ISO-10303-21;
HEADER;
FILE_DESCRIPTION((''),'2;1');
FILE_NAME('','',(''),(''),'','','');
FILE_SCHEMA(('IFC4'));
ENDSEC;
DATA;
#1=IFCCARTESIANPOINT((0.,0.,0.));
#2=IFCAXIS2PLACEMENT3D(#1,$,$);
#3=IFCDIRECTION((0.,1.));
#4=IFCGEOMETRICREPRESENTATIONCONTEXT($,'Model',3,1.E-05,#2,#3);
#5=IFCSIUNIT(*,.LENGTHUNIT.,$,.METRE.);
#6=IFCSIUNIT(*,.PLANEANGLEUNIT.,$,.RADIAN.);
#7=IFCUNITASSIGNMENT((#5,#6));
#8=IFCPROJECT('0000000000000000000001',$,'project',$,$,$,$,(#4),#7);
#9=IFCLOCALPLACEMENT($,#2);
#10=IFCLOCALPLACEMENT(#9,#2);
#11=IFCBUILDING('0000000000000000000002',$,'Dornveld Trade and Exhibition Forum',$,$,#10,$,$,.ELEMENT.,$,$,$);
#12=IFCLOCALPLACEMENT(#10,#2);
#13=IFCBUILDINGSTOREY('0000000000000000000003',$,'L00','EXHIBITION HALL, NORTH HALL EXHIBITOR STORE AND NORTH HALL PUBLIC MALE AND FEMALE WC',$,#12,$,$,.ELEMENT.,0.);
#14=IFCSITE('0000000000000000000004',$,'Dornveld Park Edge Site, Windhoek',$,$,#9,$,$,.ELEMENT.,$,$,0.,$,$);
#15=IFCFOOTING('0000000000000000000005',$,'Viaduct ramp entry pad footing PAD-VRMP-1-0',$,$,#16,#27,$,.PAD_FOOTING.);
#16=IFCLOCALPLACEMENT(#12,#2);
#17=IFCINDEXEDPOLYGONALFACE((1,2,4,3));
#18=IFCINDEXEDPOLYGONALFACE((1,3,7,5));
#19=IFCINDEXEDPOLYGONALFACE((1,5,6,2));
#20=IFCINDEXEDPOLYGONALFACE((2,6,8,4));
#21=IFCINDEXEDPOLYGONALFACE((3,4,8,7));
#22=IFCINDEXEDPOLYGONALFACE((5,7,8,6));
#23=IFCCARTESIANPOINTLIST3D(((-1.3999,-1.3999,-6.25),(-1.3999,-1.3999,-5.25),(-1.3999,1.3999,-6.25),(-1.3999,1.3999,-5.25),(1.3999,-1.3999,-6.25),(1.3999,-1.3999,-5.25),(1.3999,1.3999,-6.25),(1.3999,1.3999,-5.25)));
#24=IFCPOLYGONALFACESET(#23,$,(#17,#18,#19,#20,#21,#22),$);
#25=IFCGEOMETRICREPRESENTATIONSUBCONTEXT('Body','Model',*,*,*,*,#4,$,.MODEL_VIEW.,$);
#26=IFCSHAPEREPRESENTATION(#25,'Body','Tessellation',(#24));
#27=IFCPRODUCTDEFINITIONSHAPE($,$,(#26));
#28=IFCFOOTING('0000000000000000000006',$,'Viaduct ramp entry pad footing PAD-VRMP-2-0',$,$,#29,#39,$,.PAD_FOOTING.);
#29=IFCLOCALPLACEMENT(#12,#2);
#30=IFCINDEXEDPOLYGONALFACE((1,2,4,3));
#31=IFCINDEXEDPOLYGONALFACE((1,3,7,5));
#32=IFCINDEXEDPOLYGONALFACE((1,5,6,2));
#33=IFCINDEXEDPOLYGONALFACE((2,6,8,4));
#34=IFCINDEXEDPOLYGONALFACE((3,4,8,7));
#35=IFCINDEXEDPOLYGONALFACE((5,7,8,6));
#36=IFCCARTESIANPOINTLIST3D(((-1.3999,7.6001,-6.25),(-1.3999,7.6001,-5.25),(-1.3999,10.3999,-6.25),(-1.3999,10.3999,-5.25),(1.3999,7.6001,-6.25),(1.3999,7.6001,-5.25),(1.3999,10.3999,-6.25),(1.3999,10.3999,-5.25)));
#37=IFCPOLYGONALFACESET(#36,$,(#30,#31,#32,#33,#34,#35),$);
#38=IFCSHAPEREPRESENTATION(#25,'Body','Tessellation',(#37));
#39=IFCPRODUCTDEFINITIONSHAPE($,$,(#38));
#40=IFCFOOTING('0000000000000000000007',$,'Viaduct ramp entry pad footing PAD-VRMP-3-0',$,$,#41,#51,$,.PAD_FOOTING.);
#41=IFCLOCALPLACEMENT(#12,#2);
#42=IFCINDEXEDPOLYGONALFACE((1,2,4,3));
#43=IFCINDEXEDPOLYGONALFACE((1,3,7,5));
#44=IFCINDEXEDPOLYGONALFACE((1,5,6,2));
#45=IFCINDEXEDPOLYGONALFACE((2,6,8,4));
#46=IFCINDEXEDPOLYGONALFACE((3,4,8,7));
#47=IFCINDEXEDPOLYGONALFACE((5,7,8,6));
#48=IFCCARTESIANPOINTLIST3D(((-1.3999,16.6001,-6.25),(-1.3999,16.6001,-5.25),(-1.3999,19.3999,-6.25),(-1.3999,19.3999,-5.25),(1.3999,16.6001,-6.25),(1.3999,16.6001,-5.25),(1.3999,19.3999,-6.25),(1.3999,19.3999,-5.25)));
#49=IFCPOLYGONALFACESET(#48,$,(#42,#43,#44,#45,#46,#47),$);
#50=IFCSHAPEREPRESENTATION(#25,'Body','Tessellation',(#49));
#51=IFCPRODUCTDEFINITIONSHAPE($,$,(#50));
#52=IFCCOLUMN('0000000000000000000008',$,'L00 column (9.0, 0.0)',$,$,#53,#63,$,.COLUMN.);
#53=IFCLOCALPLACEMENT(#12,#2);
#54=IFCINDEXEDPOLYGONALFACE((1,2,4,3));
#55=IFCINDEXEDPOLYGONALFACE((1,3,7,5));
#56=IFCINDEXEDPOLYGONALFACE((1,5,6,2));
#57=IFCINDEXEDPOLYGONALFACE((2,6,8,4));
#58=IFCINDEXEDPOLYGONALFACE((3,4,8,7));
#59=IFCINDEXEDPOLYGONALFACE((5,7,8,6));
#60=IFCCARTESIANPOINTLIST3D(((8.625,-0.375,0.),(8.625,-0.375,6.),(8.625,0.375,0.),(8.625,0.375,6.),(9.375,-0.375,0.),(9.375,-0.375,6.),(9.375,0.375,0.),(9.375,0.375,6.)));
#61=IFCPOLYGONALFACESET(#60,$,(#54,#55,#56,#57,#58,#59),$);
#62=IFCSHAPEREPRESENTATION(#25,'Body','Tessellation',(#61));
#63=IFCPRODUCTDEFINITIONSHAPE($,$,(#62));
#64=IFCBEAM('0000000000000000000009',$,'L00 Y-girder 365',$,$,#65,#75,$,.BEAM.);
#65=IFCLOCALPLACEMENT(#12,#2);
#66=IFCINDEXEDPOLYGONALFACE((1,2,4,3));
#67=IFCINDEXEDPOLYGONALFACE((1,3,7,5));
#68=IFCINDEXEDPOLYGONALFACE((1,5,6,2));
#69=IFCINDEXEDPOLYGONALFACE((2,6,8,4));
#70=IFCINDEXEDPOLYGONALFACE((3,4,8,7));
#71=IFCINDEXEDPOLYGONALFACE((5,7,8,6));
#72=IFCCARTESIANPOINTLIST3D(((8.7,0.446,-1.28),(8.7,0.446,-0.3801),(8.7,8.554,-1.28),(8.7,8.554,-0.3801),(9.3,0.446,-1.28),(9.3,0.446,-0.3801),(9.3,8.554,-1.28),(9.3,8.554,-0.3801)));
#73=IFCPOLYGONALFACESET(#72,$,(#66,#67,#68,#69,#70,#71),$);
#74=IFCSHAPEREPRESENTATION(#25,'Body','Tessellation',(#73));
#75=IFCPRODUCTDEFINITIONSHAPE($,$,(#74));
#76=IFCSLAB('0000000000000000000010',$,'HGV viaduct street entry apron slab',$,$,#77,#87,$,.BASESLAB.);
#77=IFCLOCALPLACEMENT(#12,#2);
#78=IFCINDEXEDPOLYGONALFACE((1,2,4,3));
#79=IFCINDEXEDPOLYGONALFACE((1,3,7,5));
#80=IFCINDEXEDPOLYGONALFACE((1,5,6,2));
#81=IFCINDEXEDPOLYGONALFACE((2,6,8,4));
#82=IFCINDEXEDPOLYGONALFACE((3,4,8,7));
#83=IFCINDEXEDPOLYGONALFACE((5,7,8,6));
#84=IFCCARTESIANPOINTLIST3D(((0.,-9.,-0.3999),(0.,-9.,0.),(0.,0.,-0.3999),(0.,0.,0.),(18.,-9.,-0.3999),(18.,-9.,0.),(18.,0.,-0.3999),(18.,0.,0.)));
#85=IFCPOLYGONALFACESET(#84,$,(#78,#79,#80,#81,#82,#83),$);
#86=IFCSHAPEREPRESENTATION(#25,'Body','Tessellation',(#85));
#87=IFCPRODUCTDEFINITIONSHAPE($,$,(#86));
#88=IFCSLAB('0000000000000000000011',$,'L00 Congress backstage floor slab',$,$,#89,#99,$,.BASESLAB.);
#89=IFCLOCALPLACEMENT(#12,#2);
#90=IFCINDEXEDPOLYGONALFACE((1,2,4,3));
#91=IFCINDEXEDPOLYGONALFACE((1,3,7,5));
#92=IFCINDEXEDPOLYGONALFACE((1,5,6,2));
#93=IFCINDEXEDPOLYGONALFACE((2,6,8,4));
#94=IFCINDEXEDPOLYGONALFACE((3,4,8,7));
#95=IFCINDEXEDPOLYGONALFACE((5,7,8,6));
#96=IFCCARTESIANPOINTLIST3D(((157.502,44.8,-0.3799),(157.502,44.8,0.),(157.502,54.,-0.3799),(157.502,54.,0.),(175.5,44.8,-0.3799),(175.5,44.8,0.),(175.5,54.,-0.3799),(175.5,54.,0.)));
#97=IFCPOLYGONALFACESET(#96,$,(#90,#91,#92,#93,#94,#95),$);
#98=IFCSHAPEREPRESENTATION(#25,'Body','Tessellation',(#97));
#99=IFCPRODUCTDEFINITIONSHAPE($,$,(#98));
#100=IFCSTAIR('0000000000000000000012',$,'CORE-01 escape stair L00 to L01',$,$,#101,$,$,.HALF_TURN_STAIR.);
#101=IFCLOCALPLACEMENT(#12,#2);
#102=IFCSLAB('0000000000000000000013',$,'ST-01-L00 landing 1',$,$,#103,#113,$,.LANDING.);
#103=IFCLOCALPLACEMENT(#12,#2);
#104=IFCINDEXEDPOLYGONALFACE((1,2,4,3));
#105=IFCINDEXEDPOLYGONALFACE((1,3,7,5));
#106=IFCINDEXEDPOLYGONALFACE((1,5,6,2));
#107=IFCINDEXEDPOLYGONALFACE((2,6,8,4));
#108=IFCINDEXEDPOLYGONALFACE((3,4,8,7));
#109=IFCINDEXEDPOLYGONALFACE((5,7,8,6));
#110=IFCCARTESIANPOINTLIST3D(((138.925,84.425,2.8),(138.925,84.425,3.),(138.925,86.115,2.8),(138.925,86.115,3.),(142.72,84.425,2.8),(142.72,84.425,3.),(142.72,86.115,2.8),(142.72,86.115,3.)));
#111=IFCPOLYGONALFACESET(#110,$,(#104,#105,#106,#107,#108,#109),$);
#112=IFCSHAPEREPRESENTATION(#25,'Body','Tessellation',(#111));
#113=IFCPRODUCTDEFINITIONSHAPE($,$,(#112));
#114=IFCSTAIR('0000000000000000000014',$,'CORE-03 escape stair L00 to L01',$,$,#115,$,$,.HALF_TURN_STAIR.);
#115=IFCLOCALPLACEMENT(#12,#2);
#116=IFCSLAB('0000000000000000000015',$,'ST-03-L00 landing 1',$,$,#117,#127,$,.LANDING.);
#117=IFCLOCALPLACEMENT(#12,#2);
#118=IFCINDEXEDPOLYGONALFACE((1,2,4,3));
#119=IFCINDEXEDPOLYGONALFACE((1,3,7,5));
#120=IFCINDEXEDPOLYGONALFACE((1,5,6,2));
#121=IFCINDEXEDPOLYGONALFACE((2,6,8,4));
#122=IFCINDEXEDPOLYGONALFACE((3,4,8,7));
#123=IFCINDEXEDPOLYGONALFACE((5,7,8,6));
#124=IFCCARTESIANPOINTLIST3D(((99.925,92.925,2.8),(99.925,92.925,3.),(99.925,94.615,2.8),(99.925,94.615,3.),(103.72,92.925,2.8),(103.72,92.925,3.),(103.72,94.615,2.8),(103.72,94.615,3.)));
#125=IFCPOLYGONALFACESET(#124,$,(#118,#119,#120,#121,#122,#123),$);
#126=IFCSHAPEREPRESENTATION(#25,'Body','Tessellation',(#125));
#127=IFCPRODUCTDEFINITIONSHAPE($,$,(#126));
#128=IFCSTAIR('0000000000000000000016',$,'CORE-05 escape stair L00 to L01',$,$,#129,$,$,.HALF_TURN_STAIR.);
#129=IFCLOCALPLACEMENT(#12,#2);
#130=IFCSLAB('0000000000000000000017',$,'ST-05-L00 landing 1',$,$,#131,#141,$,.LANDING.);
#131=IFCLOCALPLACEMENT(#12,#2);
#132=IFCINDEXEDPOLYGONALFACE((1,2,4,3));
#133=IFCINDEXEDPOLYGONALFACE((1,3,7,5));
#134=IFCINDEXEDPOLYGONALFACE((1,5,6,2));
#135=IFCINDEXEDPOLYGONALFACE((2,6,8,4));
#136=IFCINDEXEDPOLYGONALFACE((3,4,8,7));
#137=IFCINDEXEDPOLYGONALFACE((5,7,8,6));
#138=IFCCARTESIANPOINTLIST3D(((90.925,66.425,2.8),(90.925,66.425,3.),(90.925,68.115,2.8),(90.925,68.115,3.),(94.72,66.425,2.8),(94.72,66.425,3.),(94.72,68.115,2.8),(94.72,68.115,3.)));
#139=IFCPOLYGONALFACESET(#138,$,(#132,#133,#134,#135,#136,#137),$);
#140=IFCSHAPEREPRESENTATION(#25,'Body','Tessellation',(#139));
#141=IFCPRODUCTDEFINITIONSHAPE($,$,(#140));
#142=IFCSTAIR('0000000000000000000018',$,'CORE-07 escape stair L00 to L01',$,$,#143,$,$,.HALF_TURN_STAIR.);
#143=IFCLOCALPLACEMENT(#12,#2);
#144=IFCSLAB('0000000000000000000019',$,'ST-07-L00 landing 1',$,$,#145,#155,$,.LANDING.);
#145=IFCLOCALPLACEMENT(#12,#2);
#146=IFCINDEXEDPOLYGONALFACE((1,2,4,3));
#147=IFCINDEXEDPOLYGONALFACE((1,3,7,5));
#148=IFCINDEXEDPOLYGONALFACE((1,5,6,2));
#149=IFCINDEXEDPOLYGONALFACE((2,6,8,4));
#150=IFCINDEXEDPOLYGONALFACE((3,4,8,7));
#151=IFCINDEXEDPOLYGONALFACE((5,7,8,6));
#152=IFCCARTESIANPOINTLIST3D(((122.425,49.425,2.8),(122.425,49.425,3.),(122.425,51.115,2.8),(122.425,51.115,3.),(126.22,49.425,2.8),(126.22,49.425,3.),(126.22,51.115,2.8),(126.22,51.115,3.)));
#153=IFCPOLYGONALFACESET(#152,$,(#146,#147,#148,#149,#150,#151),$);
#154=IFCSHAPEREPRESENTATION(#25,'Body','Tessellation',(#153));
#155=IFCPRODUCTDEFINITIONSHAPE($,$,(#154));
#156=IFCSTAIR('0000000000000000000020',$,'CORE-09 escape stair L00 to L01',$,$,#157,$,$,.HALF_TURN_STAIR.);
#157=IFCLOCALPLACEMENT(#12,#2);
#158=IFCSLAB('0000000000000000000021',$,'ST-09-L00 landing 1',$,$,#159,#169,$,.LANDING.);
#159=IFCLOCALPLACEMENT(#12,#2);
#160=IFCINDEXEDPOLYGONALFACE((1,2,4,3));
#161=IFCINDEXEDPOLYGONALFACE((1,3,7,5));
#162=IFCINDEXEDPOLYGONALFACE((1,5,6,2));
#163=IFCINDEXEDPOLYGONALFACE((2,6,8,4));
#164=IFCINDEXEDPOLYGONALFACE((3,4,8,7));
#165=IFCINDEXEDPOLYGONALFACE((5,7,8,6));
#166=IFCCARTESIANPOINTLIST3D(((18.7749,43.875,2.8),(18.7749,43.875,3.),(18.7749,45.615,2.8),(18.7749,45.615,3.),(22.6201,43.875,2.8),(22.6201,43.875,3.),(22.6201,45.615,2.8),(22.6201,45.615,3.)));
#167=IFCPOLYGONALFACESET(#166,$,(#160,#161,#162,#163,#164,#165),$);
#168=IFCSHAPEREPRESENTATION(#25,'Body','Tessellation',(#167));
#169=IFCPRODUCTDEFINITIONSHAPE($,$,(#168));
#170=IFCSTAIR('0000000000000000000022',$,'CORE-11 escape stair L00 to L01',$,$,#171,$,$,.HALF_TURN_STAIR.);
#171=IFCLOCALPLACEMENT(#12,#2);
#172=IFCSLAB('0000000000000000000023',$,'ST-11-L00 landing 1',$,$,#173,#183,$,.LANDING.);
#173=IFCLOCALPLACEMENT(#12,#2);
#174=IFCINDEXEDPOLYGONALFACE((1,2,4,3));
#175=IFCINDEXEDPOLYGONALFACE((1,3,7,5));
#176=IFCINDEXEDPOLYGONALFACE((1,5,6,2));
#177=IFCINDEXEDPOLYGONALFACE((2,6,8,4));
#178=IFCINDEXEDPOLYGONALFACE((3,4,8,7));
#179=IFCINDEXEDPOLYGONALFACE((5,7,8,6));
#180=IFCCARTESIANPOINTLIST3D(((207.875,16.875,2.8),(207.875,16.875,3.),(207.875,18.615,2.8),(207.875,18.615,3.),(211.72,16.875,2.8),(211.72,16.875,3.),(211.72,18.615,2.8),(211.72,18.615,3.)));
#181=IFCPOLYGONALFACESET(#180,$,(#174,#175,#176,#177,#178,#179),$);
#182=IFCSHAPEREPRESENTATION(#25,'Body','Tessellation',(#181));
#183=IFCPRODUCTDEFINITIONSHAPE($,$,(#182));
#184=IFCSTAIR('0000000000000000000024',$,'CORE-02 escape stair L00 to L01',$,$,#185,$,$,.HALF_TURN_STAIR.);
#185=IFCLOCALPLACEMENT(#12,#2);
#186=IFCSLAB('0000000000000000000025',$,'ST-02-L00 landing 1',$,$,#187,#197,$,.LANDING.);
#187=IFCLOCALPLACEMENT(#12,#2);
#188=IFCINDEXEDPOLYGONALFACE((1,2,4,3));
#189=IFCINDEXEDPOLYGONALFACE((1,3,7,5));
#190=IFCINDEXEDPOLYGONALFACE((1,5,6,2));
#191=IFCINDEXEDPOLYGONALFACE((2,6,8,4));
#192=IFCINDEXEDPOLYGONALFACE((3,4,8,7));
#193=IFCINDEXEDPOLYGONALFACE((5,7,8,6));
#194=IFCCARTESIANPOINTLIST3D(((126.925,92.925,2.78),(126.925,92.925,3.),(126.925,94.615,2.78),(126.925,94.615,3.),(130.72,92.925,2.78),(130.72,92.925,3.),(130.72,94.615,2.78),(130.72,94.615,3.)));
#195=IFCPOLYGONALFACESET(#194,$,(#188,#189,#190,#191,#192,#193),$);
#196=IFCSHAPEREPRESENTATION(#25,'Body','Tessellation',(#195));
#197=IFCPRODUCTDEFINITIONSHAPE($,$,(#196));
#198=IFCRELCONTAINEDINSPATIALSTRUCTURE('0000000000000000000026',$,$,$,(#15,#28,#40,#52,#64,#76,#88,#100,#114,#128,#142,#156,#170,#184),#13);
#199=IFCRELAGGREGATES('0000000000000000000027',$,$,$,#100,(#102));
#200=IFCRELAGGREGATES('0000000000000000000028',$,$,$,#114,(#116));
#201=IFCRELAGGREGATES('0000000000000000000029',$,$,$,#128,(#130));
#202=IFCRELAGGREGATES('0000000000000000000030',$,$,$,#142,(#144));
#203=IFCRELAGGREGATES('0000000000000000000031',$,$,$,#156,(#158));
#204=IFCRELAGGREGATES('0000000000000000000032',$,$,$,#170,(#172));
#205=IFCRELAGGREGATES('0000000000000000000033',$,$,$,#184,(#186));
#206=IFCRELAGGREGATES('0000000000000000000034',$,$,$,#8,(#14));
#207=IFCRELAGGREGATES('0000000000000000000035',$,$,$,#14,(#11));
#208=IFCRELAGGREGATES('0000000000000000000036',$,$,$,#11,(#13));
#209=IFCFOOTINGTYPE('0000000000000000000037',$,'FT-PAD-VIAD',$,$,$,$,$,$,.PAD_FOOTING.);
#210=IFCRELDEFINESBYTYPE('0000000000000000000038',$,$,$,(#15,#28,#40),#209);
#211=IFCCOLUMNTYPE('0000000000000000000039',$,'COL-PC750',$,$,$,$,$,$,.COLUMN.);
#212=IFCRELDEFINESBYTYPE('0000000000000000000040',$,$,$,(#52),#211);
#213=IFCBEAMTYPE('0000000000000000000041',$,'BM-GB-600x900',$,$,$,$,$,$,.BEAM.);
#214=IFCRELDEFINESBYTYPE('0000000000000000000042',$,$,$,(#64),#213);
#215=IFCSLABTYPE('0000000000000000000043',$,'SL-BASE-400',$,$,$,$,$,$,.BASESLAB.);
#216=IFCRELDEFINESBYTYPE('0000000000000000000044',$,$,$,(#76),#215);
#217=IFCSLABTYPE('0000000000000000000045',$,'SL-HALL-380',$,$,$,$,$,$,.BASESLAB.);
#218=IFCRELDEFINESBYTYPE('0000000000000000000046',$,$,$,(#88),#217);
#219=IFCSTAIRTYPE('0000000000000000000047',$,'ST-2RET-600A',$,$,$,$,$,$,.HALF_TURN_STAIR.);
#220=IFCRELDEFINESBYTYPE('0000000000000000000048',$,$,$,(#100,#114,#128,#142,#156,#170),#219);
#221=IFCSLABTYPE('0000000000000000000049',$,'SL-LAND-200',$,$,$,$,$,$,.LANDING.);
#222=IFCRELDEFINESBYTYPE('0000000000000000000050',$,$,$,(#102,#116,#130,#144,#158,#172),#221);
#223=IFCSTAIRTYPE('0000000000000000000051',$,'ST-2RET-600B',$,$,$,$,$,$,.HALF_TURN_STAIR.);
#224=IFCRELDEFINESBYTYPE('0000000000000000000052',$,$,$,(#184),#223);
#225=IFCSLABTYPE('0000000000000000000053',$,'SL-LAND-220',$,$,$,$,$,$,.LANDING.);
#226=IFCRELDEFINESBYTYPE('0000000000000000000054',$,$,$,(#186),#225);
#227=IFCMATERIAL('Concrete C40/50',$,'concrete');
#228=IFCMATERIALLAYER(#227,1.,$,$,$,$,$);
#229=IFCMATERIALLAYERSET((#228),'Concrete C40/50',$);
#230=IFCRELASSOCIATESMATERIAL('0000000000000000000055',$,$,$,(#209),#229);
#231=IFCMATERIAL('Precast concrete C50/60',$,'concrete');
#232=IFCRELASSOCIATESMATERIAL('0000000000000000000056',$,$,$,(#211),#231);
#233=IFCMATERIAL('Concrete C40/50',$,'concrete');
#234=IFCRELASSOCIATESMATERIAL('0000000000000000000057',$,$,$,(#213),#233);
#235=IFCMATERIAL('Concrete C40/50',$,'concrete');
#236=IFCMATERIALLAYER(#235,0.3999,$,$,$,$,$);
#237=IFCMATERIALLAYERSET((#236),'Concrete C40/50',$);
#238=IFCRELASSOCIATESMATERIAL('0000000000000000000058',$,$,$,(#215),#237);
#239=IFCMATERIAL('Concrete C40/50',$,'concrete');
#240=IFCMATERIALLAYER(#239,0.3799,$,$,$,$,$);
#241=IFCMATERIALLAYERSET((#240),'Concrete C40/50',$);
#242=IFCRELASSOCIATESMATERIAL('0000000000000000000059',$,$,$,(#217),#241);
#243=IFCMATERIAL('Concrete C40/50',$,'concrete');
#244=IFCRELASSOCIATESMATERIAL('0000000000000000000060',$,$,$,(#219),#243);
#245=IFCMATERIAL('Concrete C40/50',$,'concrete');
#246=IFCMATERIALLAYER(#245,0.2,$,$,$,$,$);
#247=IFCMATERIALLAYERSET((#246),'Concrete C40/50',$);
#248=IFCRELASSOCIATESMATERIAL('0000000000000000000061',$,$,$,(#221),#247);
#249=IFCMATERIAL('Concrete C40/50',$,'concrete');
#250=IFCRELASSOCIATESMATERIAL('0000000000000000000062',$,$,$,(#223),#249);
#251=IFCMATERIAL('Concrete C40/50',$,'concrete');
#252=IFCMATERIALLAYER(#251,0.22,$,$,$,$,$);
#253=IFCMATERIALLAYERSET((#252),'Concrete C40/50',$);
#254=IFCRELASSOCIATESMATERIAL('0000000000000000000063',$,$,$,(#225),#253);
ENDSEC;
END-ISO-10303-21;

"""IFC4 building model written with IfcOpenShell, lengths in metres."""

from ifc_helpers import new_model, si_unit, direction, frame, origin, origin_2d, place, context, subcontext, project, spatial, polyline, rectangle, outline, extrude, material, layer, layer_set, material_profile, profile_set, type_object, element, aggregate, save


model = new_model("IFC4")

# Units and contexts
model_context = context("Model", 3, precision=1e-05, world=origin(), true_north=direction((0.0, 1.0)))
body_context = subcontext(model_context, "Body", "Model", "MODEL_VIEW")
ifc_project = project(units=[si_unit("LENGTHUNIT", "METRE"), si_unit("PLANEANGLEUNIT", "RADIAN")], contexts=[model_context])

# Site, building, storey
site_placement = place(None, origin())
site = spatial("IfcSite", under=ifc_project, at=site_placement, Name="Dornveld Park Edge Site, Windhoek", CompositionType="ELEMENT", RefElevation=0.0)
building_placement = place(site_placement, origin())
building = spatial("IfcBuilding", under=site, at=building_placement, Name="Dornveld Trade and Exhibition Forum", CompositionType="ELEMENT")
storey_placement = place(building_placement, origin())
storey = spatial("IfcBuildingStorey", under=building, at=storey_placement, Name="L00", Description="EXHIBITION HALL, NORTH HALL EXHIBITOR STORE AND NORTH HALL PUBLIC MALE AND FEMALE WC", CompositionType="ELEMENT", Elevation=0.0)

# Footings
ifc_material_1 = material(Name="Concrete C40/50", Category="concrete")
ifc_layer_1 = layer(ifc_material_1, 1.0)
ifc_layer_set_1 = layer_set([ifc_layer_1], Name="Concrete C40/50")
footing_type = type_object("IfcFootingType", Name="FT-PAD-VIAD", PredefinedType="PAD_FOOTING", material=ifc_layer_set_1)
footing_1_placement = place(storey_placement, frame((0.0, 0.0, -6.25)))
element("IfcFooting", 1, at=footing_1_placement, inside=storey, type_object=footing_type, Name="Viaduct ramp entry pad footing PAD-VRMP-1-0", PredefinedType="PAD_FOOTING", context=body_context, shape_type="SweptSolid", body=[
    extrude(outline(polyline([(-1.3999, -1.3999), (1.3999, -1.3999), (1.3999, 1.3999), (-1.3999, 1.3999), (-1.3999, -1.3999)])), origin(), (0.0, 0.0, 1.0), 1.0),
])
footing_2_placement = place(storey_placement, frame((0.0, 0.0, -6.25)))
element("IfcFooting", 2, at=footing_2_placement, inside=storey, type_object=footing_type, Name="Viaduct ramp entry pad footing PAD-VRMP-2-0", PredefinedType="PAD_FOOTING", context=body_context, shape_type="SweptSolid", body=[
    extrude(outline(polyline([(-1.3999, 7.6001), (1.3999, 7.6001), (1.3999, 10.3999), (-1.3999, 10.3999), (-1.3999, 7.6001)])), origin(), (0.0, 0.0, 1.0), 1.0),
])
footing_3_placement = place(storey_placement, frame((0.0, 0.0, -6.25)))
element("IfcFooting", 3, at=footing_3_placement, inside=storey, type_object=footing_type, Name="Viaduct ramp entry pad footing PAD-VRMP-3-0", PredefinedType="PAD_FOOTING", context=body_context, shape_type="SweptSolid", body=[
    extrude(outline(polyline([(-1.3999, 16.6001), (1.3999, 16.6001), (1.3999, 19.3999), (-1.3999, 19.3999), (-1.3999, 16.6001)])), origin(), (0.0, 0.0, 1.0), 1.0),
])

# Column
ifc_material_2 = material(Name="Precast concrete C50/60", Category="concrete")
ifc_material_profile_1 = material_profile(ifc_material_2, rectangle(XDim=0.75, YDim=0.75, at=origin_2d()), Name="PC-COL 750x750")
ifc_profile_set_1 = profile_set([ifc_material_profile_1], Name="Precast concrete C50/60")
column_type = type_object("IfcColumnType", Name="COL-PC750", PredefinedType="COLUMN", material=ifc_profile_set_1)
column_placement = place(storey_placement, frame((9.0, 0.0, 0.0), z_axis=(0.0, 0.0, 1.0), x_axis=(1.0, 0.0, 0.0)))
element("IfcColumn", 4, at=column_placement, inside=storey, type_object=column_type, Name="L00 column (9.0, 0.0)", PredefinedType="COLUMN", context=body_context, shape_type="SweptSolid", body=[
    extrude(rectangle(XDim=0.75, YDim=0.75, at=origin_2d()), origin(), (0.0, 0.0, 1.0), 6.0),
])

# Beam
ifc_material_3 = material(Name="Concrete C40/50", Category="concrete")
ifc_material_profile_2 = material_profile(ifc_material_3, rectangle(XDim=0.6001, YDim=0.8999, at=origin_2d()), Name="RC-GB 600x900")
ifc_profile_set_2 = profile_set([ifc_material_profile_2], Name="Concrete C40/50")
beam_type = type_object("IfcBeamType", Name="BM-GB-600x900", PredefinedType="BEAM", material=ifc_profile_set_2)
beam_placement = place(storey_placement, frame((9.0, 0.446, -0.8301), z_axis=(0.0, 1.0, 0.0), x_axis=(-1.0, 0.0, 0.0)))
element("IfcBeam", 5, at=beam_placement, inside=storey, type_object=beam_type, Name="L00 Y-girder 365", PredefinedType="BEAM", context=body_context, shape_type="SweptSolid", body=[
    extrude(rectangle(XDim=0.6001, YDim=0.8999, at=origin_2d()), origin(), (0.0, 0.0, 1.0), 8.1079),
])

# Slabs
ifc_material_4 = material(Name="Concrete C40/50", Category="concrete")
ifc_layer_2 = layer(ifc_material_4, 0.3999)
ifc_layer_set_2 = layer_set([ifc_layer_2], Name="Concrete C40/50")
slab_type_1 = type_object("IfcSlabType", Name="SL-BASE-400", PredefinedType="BASESLAB", material=ifc_layer_set_2)
slab_1_placement = place(storey_placement, frame((0.0, 0.0, -0.3999)))
element("IfcSlab", 6, at=slab_1_placement, inside=storey, type_object=slab_type_1, Name="HGV viaduct street entry apron slab", PredefinedType="BASESLAB", context=body_context, shape_type="SweptSolid", body=[
    extrude(outline(polyline([(0.0, -9.0), (18.0, -9.0), (18.0, 0.0), (0.0, 0.0), (0.0, -9.0)])), origin(), (0.0, 0.0, 1.0), 0.3999),
])
ifc_material_5 = material(Name="Concrete C40/50", Category="concrete")
ifc_layer_3 = layer(ifc_material_5, 0.3799)
ifc_layer_set_3 = layer_set([ifc_layer_3], Name="Concrete C40/50")
slab_type_2 = type_object("IfcSlabType", Name="SL-HALL-380", PredefinedType="BASESLAB", material=ifc_layer_set_3)
slab_2_placement = place(storey_placement, frame((0.0, 0.0, -0.3799)))
element("IfcSlab", 7, at=slab_2_placement, inside=storey, type_object=slab_type_2, Name="L00 Congress backstage floor slab", PredefinedType="BASESLAB", context=body_context, shape_type="SweptSolid", body=[
    extrude(outline(polyline([(175.5, 54.0), (175.5, 44.8), (157.502, 44.8), (157.502, 54.0), (175.5, 54.0)])), origin(), (0.0, 0.0, 1.0), 0.3799),
])

# Stairs, slabs
ifc_material_6 = material(Name="Concrete C40/50", Category="concrete")
stair_type_1 = type_object("IfcStairType", Name="ST-2RET-600A", PredefinedType="HALF_TURN_STAIR", material=ifc_material_6)
stair_1_placement = place(storey_placement, origin())
stair_1 = element("IfcStair", 8, at=stair_1_placement, inside=storey, type_object=stair_type_1, Name="CORE-01 escape stair L00 to L01", PredefinedType="HALF_TURN_STAIR")
ifc_material_7 = material(Name="Concrete C40/50", Category="concrete")
ifc_layer_4 = layer(ifc_material_7, 0.2)
ifc_layer_set_4 = layer_set([ifc_layer_4], Name="Concrete C40/50")
slab_type_3 = type_object("IfcSlabType", Name="SL-LAND-200", PredefinedType="LANDING", material=ifc_layer_set_4)
slab_3_placement = place(storey_placement, frame((0.0, 0.0, 2.8)))
slab_3 = element("IfcSlab", 9, at=slab_3_placement, type_object=slab_type_3, Name="ST-01-L00 landing 1", PredefinedType="LANDING", context=body_context, shape_type="SweptSolid", body=[
    extrude(outline(polyline([(138.925, 84.425), (142.72, 84.425), (142.72, 86.115), (138.925, 86.115), (138.925, 84.425)])), origin(), (0.0, 0.0, 1.0), 0.2),
])
aggregate(stair_1, [slab_3])
stair_2_placement = place(storey_placement, origin())
stair_2 = element("IfcStair", 10, at=stair_2_placement, inside=storey, type_object=stair_type_1, Name="CORE-03 escape stair L00 to L01", PredefinedType="HALF_TURN_STAIR")
slab_4_placement = place(storey_placement, frame((0.0, 0.0, 2.8)))
slab_4 = element("IfcSlab", 11, at=slab_4_placement, type_object=slab_type_3, Name="ST-03-L00 landing 1", PredefinedType="LANDING", context=body_context, shape_type="SweptSolid", body=[
    extrude(outline(polyline([(99.925, 92.925), (103.72, 92.925), (103.72, 94.615), (99.925, 94.615), (99.925, 92.925)])), origin(), (0.0, 0.0, 1.0), 0.2),
])
aggregate(stair_2, [slab_4])
stair_3_placement = place(storey_placement, origin())
stair_3 = element("IfcStair", 12, at=stair_3_placement, inside=storey, type_object=stair_type_1, Name="CORE-05 escape stair L00 to L01", PredefinedType="HALF_TURN_STAIR")
slab_5_placement = place(storey_placement, frame((0.0, 0.0, 2.8)))
slab_5 = element("IfcSlab", 13, at=slab_5_placement, type_object=slab_type_3, Name="ST-05-L00 landing 1", PredefinedType="LANDING", context=body_context, shape_type="SweptSolid", body=[
    extrude(outline(polyline([(90.925, 66.425), (94.72, 66.425), (94.72, 68.115), (90.925, 68.115), (90.925, 66.425)])), origin(), (0.0, 0.0, 1.0), 0.2),
])
aggregate(stair_3, [slab_5])
stair_4_placement = place(storey_placement, origin())
stair_4 = element("IfcStair", 14, at=stair_4_placement, inside=storey, type_object=stair_type_1, Name="CORE-07 escape stair L00 to L01", PredefinedType="HALF_TURN_STAIR")
slab_6_placement = place(storey_placement, frame((0.0, 0.0, 2.8)))
slab_6 = element("IfcSlab", 15, at=slab_6_placement, type_object=slab_type_3, Name="ST-07-L00 landing 1", PredefinedType="LANDING", context=body_context, shape_type="SweptSolid", body=[
    extrude(outline(polyline([(122.425, 49.425), (126.22, 49.425), (126.22, 51.115), (122.425, 51.115), (122.425, 49.425)])), origin(), (0.0, 0.0, 1.0), 0.2),
])
aggregate(stair_4, [slab_6])
stair_5_placement = place(storey_placement, origin())
stair_5 = element("IfcStair", 16, at=stair_5_placement, inside=storey, type_object=stair_type_1, Name="CORE-09 escape stair L00 to L01", PredefinedType="HALF_TURN_STAIR")
slab_7_placement = place(storey_placement, frame((0.0, 0.0, 2.8)))
slab_7 = element("IfcSlab", 17, at=slab_7_placement, type_object=slab_type_3, Name="ST-09-L00 landing 1", PredefinedType="LANDING", context=body_context, shape_type="SweptSolid", body=[
    extrude(outline(polyline([(18.7749, 43.875), (22.6201, 43.875), (22.6201, 45.615), (18.7749, 45.615), (18.7749, 43.875)])), origin(), (0.0, 0.0, 1.0), 0.2),
])
aggregate(stair_5, [slab_7])
stair_6_placement = place(storey_placement, origin())
stair_6 = element("IfcStair", 18, at=stair_6_placement, inside=storey, type_object=stair_type_1, Name="CORE-11 escape stair L00 to L01", PredefinedType="HALF_TURN_STAIR")
slab_8_placement = place(storey_placement, frame((0.0, 0.0, 2.8)))
slab_8 = element("IfcSlab", 19, at=slab_8_placement, type_object=slab_type_3, Name="ST-11-L00 landing 1", PredefinedType="LANDING", context=body_context, shape_type="SweptSolid", body=[
    extrude(outline(polyline([(207.875, 16.875), (211.72, 16.875), (211.72, 18.615), (207.875, 18.615), (207.875, 16.875)])), origin(), (0.0, 0.0, 1.0), 0.2),
])
aggregate(stair_6, [slab_8])
ifc_material_8 = material(Name="Concrete C40/50", Category="concrete")
stair_type_2 = type_object("IfcStairType", Name="ST-2RET-600B", PredefinedType="HALF_TURN_STAIR", material=ifc_material_8)
stair_7_placement = place(storey_placement, origin())
stair_7 = element("IfcStair", 20, at=stair_7_placement, inside=storey, type_object=stair_type_2, Name="CORE-02 escape stair L00 to L01", PredefinedType="HALF_TURN_STAIR")
ifc_material_9 = material(Name="Concrete C40/50", Category="concrete")
ifc_layer_5 = layer(ifc_material_9, 0.22)
ifc_layer_set_5 = layer_set([ifc_layer_5], Name="Concrete C40/50")
slab_type_4 = type_object("IfcSlabType", Name="SL-LAND-220", PredefinedType="LANDING", material=ifc_layer_set_5)
slab_9_placement = place(storey_placement, frame((0.0, 0.0, 2.78)))
slab_9 = element("IfcSlab", 21, at=slab_9_placement, type_object=slab_type_4, Name="ST-02-L00 landing 1", PredefinedType="LANDING", context=body_context, shape_type="SweptSolid", body=[
    extrude(outline(polyline([(126.925, 92.925), (130.72, 92.925), (130.72, 94.615), (126.925, 94.615), (126.925, 92.925)])), origin(), (0.0, 0.0, 1.0), 0.22),
])
aggregate(stair_7, [slab_9])

save(model, "model.ifc")
